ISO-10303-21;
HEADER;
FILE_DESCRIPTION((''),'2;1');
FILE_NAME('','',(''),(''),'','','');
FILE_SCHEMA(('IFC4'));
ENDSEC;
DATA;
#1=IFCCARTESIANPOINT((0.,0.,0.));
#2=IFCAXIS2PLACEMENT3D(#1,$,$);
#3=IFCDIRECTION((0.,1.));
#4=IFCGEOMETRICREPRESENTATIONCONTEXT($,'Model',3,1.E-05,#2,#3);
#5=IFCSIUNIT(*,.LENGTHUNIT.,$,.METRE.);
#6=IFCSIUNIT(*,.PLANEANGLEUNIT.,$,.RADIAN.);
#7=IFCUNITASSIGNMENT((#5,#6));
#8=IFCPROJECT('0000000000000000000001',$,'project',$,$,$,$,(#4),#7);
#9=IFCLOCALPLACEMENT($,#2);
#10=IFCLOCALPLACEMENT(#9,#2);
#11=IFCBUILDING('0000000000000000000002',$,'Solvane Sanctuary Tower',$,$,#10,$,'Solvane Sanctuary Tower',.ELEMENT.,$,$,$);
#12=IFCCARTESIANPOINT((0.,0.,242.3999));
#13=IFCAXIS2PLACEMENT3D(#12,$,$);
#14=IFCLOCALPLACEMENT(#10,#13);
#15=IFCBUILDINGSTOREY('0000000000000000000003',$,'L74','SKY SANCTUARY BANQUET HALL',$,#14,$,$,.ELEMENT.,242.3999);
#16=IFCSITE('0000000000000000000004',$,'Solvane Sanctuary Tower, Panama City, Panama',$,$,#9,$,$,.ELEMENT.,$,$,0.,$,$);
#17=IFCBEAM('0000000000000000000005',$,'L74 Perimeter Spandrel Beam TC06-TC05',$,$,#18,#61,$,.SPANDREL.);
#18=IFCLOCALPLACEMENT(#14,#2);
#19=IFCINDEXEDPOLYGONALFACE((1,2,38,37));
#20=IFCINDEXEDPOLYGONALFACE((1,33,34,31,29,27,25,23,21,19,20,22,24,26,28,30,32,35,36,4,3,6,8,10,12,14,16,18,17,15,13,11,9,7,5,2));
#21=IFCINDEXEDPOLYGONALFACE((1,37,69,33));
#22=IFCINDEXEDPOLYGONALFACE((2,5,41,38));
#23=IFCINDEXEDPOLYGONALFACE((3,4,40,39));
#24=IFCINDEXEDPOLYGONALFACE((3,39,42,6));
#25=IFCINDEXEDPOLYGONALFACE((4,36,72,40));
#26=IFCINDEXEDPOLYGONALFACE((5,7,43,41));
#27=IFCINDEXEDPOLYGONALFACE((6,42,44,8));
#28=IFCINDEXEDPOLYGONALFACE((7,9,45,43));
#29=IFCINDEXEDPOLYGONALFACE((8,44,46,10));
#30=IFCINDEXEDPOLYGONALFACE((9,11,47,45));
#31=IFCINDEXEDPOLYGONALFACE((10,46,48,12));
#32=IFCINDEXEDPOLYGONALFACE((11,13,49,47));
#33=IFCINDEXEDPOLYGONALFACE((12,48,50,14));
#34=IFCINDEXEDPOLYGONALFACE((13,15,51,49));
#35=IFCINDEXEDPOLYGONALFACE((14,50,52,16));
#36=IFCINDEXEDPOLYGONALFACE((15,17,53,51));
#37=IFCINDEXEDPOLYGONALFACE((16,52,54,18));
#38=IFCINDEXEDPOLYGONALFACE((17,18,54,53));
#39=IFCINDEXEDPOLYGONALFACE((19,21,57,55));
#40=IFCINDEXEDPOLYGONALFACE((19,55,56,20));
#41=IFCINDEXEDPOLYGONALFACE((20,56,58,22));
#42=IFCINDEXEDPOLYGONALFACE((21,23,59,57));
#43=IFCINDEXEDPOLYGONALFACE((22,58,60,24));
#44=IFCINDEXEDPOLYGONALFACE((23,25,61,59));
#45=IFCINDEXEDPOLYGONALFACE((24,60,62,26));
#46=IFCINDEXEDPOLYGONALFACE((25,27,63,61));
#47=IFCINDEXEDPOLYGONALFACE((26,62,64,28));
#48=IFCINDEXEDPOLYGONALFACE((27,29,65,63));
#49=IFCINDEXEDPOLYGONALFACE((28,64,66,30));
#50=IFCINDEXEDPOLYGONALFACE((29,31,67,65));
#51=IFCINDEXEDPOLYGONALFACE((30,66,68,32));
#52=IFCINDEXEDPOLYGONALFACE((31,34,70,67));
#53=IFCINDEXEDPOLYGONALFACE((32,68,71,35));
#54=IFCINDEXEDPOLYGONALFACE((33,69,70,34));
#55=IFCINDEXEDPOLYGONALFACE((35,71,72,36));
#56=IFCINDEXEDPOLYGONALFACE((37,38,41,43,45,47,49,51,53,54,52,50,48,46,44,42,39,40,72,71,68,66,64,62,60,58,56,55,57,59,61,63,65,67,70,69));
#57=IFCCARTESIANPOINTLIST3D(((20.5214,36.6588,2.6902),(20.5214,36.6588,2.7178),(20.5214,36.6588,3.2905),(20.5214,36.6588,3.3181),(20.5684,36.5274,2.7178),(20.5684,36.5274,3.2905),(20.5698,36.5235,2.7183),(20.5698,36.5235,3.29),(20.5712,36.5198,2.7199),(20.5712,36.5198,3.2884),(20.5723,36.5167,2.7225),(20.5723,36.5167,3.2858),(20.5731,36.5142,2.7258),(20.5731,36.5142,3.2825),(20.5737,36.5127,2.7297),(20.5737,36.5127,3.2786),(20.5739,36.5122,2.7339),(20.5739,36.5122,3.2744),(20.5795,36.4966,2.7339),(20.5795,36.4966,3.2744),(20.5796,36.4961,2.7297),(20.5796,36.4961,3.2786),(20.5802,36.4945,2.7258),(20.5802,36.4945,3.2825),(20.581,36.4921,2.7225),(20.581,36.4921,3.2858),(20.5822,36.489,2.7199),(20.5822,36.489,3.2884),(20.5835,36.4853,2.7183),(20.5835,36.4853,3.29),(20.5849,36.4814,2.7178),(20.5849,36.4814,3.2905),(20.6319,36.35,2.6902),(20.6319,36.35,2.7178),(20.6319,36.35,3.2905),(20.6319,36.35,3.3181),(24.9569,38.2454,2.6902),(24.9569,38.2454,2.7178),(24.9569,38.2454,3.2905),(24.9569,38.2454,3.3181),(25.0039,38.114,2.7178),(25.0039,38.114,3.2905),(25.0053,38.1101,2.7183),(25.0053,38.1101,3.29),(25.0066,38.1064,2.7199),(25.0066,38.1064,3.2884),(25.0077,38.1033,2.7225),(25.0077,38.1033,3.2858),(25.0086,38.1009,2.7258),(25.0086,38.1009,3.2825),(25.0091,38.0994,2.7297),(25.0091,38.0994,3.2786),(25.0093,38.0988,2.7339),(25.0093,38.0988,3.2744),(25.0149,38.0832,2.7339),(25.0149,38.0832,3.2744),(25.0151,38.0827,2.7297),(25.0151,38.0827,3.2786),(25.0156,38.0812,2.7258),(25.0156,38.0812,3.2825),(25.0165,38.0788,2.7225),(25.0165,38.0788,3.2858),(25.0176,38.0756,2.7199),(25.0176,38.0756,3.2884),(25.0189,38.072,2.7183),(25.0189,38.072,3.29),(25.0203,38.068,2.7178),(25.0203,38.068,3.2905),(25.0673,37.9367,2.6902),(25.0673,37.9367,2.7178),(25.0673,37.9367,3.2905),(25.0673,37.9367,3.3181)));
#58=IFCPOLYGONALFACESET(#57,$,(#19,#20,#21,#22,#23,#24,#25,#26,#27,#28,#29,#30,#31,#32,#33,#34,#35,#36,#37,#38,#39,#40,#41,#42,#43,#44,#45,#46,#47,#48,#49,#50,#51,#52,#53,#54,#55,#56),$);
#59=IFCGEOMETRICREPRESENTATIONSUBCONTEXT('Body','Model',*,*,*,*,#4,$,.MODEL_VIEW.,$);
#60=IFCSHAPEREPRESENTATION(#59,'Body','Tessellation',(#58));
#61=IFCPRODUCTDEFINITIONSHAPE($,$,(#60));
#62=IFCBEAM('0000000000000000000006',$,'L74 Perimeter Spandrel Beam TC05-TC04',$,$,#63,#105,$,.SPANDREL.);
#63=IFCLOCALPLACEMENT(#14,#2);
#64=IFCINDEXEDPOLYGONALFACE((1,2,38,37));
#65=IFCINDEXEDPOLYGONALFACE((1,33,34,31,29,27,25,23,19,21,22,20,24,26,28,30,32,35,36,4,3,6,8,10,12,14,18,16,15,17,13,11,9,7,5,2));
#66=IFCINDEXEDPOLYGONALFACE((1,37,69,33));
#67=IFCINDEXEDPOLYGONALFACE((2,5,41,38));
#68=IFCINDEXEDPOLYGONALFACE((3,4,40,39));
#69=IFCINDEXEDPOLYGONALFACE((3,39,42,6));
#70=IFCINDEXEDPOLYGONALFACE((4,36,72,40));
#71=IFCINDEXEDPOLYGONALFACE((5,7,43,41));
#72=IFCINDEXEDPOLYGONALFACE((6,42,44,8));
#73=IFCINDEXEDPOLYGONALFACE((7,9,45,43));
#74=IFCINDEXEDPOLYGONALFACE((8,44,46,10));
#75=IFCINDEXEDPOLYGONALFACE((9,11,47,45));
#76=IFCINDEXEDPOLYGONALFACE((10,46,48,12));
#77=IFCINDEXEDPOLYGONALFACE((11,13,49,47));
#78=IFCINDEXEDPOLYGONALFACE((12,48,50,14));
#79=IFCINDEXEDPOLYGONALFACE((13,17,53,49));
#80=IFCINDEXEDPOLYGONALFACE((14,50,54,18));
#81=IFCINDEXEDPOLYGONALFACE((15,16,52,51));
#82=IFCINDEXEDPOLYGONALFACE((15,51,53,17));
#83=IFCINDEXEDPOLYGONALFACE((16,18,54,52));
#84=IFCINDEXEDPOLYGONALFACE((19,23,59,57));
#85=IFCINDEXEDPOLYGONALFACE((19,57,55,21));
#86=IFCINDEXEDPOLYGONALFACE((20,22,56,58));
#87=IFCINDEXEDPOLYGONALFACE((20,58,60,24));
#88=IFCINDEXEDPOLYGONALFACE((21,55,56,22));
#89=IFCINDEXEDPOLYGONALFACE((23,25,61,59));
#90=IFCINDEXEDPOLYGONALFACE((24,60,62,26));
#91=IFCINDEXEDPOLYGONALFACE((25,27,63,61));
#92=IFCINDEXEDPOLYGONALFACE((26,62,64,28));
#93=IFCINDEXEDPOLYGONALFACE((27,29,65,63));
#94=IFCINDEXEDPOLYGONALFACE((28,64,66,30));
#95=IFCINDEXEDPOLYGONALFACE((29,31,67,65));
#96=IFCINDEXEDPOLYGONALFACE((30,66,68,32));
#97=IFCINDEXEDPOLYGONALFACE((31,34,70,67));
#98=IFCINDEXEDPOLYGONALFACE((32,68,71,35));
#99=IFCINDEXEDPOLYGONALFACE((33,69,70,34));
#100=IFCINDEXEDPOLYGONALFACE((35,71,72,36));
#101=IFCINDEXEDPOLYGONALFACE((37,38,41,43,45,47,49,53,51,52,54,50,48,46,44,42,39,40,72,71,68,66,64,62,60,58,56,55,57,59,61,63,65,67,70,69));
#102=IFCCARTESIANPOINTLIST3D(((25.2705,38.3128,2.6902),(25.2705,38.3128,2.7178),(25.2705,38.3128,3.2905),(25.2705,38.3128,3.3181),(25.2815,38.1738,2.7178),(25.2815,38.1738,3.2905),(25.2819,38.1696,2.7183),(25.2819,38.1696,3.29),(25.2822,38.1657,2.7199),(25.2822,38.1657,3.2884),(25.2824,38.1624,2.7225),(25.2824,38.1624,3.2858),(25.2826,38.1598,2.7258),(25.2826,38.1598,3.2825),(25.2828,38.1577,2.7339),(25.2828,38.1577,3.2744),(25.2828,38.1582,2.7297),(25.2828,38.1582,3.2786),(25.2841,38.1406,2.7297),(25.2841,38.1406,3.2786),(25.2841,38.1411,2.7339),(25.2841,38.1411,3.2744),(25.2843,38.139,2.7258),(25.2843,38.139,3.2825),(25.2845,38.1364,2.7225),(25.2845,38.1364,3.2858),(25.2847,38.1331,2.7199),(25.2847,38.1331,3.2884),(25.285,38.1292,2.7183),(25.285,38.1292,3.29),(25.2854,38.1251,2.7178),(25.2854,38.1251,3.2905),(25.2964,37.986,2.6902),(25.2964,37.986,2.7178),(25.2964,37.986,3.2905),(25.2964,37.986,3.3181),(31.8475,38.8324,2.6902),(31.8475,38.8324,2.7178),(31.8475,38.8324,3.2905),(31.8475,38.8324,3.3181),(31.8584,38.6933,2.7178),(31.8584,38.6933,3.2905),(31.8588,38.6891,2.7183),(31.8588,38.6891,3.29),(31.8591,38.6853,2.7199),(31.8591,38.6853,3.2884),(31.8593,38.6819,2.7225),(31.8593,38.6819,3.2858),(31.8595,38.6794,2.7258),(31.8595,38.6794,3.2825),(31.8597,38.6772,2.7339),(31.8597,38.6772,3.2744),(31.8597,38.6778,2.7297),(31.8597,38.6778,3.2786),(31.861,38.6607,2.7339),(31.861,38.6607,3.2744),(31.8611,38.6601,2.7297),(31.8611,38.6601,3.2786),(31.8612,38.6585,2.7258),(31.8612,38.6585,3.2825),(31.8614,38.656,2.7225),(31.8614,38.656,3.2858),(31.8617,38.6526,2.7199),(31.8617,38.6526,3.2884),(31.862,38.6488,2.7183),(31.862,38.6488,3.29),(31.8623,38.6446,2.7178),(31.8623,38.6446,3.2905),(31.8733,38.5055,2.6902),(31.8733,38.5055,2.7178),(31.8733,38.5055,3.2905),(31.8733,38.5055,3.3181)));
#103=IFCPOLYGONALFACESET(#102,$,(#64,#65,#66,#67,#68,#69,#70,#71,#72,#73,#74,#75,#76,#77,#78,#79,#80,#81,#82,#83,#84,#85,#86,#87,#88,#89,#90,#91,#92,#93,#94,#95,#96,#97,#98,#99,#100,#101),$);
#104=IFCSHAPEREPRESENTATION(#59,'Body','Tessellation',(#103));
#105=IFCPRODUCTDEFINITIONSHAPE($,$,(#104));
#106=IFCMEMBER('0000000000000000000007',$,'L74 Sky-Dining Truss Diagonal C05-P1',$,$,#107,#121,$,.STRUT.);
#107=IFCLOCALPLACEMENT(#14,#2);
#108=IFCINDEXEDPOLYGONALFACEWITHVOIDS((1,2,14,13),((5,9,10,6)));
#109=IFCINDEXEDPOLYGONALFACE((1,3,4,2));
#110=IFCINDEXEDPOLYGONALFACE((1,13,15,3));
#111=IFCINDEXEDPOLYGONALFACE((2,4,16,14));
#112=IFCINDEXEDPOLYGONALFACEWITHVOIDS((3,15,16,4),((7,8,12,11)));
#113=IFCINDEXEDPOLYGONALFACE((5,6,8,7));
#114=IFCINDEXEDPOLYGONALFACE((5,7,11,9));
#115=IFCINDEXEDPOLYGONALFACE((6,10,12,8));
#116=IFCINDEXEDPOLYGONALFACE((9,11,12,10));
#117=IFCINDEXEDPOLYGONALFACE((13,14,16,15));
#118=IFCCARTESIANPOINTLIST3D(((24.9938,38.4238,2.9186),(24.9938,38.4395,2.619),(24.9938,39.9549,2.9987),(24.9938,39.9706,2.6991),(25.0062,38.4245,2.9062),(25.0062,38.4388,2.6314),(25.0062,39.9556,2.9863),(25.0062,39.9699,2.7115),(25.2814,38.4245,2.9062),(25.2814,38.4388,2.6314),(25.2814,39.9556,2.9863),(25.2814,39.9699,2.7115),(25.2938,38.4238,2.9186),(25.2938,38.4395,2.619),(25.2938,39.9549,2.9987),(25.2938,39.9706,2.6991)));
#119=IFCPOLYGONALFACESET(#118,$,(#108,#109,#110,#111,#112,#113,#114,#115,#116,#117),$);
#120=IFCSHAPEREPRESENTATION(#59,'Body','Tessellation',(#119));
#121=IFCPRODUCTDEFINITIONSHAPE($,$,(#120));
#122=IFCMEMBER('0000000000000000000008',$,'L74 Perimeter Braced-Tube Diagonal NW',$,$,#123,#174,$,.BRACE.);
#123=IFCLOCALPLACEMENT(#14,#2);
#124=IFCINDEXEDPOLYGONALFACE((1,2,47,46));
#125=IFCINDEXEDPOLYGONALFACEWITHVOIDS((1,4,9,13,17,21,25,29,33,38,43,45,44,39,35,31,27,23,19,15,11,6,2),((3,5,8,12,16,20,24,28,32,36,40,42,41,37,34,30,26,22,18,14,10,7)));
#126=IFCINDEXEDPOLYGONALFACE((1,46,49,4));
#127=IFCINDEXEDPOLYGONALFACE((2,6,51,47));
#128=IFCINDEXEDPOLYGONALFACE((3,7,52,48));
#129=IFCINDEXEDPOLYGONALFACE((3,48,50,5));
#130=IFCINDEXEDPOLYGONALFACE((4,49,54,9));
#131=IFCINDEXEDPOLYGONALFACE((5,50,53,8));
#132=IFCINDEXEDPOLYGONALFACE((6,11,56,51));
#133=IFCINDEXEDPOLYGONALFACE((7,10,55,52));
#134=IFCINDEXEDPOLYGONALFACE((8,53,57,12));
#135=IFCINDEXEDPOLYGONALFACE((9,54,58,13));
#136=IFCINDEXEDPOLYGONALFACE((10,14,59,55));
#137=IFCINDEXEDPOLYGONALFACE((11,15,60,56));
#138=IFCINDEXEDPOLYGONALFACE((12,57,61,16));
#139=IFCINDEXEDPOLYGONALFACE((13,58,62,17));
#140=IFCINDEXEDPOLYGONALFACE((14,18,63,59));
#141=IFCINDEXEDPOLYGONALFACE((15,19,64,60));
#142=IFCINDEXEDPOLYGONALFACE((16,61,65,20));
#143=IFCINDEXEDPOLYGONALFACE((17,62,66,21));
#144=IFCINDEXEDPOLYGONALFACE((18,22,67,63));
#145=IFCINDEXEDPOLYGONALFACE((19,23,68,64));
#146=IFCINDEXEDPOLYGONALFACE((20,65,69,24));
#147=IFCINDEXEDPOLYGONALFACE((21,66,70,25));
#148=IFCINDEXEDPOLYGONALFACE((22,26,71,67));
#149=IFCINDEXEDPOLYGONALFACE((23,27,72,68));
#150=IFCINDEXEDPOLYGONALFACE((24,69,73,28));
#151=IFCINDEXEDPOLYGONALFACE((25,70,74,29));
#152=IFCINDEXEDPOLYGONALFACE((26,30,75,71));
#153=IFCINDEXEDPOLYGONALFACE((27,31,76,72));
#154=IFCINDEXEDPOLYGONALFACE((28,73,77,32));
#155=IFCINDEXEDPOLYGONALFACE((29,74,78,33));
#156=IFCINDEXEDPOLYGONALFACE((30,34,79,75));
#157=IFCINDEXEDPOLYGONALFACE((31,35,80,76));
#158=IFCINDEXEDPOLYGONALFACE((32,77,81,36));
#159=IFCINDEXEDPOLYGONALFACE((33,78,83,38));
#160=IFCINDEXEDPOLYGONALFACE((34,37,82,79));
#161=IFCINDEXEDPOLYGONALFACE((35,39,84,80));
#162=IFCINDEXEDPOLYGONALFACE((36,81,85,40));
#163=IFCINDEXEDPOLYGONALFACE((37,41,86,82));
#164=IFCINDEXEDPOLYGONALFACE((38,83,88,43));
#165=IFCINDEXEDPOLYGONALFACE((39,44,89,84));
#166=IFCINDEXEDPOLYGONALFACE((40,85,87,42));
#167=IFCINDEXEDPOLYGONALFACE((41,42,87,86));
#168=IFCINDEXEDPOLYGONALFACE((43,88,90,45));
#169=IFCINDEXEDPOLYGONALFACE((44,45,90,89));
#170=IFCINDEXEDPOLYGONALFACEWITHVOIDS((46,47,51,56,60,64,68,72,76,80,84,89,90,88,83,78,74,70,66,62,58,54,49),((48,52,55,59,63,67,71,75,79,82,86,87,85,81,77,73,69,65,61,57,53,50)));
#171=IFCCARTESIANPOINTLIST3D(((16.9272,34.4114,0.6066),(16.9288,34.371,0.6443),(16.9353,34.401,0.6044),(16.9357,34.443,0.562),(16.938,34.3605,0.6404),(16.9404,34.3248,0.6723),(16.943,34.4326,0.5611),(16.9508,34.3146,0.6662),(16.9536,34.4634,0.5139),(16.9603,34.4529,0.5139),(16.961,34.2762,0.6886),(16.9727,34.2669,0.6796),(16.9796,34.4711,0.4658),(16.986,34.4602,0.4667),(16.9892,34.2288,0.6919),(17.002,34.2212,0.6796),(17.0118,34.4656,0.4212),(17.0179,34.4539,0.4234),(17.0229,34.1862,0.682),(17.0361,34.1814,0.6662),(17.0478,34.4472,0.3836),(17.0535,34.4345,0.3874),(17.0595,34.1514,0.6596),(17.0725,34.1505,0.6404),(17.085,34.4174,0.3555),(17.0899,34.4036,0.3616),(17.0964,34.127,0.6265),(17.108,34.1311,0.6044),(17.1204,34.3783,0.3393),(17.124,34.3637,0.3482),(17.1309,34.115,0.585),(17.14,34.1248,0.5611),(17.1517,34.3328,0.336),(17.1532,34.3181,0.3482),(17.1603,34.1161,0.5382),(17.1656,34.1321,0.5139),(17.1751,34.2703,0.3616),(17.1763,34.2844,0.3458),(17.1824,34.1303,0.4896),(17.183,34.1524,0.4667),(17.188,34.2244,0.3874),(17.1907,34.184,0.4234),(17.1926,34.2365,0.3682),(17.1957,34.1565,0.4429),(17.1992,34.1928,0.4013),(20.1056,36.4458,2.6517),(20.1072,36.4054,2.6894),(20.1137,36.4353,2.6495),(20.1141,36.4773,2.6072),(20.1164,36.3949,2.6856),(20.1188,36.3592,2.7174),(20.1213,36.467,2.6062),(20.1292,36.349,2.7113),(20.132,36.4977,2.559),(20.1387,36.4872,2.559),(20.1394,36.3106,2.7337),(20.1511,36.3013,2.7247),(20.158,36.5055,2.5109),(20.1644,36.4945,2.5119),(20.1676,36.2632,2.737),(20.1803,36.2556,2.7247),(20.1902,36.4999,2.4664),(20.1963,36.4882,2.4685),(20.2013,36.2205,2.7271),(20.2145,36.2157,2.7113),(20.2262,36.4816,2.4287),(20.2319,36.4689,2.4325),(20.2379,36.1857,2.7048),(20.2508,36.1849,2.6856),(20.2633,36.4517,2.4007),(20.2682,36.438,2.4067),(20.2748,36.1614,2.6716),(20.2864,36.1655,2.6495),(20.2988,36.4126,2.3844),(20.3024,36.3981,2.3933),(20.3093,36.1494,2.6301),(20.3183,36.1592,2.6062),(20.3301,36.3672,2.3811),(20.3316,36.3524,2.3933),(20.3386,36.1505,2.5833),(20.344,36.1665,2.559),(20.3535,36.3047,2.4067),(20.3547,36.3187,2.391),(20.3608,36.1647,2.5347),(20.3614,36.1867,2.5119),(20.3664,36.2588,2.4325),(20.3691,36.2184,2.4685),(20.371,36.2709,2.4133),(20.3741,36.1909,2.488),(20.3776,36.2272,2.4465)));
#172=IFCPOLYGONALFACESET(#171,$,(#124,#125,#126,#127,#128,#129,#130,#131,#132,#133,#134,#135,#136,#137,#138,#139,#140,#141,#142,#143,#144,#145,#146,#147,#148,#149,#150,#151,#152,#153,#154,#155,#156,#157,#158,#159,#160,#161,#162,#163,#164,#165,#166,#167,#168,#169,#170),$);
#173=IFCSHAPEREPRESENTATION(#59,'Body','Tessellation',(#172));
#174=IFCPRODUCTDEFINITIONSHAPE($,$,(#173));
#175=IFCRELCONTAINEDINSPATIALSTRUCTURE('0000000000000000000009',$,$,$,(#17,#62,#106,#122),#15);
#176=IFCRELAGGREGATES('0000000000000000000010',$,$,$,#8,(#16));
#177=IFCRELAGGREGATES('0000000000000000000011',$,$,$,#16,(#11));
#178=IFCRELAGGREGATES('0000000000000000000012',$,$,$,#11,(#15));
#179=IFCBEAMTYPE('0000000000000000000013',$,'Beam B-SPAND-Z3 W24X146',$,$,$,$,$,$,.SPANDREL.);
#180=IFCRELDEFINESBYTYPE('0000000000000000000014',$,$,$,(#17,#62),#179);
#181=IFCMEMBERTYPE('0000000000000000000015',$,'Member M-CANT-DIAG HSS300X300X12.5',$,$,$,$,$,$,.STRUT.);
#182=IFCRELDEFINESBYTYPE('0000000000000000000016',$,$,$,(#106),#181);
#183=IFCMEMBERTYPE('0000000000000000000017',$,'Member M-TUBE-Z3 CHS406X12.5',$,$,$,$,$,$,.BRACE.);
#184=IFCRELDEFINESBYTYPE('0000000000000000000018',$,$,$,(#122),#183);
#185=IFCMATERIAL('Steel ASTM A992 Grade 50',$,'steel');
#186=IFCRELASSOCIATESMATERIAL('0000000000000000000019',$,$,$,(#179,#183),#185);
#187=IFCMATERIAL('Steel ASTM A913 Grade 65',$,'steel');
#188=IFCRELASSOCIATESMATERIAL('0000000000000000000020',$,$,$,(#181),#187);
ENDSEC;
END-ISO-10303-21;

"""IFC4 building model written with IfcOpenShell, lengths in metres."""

from ifc_helpers import new_model, si_unit, direction, frame, origin, origin_2d, place, context, subcontext, project, spatial, hollow_rectangle, hollow_circle, i_section, extrude, material, material_profile, profile_set, type_object, element, save


model = new_model("IFC4")

# Units and contexts
model_context = context("Model", 3, precision=1e-05, world=origin(), true_north=direction((0.0, 1.0)))
body_context = subcontext(model_context, "Body", "Model", "MODEL_VIEW")
ifc_project = project(units=[si_unit("LENGTHUNIT", "METRE"), si_unit("PLANEANGLEUNIT", "RADIAN")], contexts=[model_context])

# Site, building, storey
site_placement = place(None, origin())
site = spatial("IfcSite", under=ifc_project, at=site_placement, Name="Solvane Sanctuary Tower, Panama City, Panama", CompositionType="ELEMENT", RefElevation=0.0)
building_placement = place(site_placement, origin())
building = spatial("IfcBuilding", under=site, at=building_placement, Name="Solvane Sanctuary Tower", LongName="Solvane Sanctuary Tower", CompositionType="ELEMENT")
storey_placement = place(building_placement, frame((0.0, 0.0, 242.3999)))
storey = spatial("IfcBuildingStorey", under=building, at=storey_placement, Name="L74", Description="SKY SANCTUARY BANQUET HALL", CompositionType="ELEMENT", Elevation=242.3999)

# Shared definitions
ifc_material_1 = material(Name="Steel ASTM A913 Grade 65", Category="steel")

# Beams
ifc_material_2 = material(Name="Steel ASTM A992 Grade 50", Category="steel")
ifc_material_profile_1 = material_profile(ifc_material_2, i_section(OverallWidth=0.3279, OverallDepth=0.6279, WebThickness=0.0166, FlangeThickness=0.0276, FilletRadius=0.0161, at=origin_2d()), Name="W24X146")
ifc_profile_set_1 = profile_set([ifc_material_profile_1], Name="Steel ASTM A992 Grade 50")
beam_type_1 = type_object("IfcBeamType", Name="Beam B-SPAND-Z3 W24X146", PredefinedType="SPANDREL", material=ifc_profile_set_1)
beam_1_placement = place(storey_placement, frame((20.5767, 36.5044, 3.0042), z_axis=(0.941571, 0.336816, 0.0), x_axis=(-0.336816, 0.941571, 0.0)))
element("IfcBeam", 1, at=beam_1_placement, inside=storey, type_object=beam_type_1, Name="L74 Perimeter Spandrel Beam TC06-TC05", PredefinedType="SPANDREL", context=body_context, shape_type="SweptSolid", body=[
    extrude(i_section(OverallWidth=0.3279, OverallDepth=0.6279, WebThickness=0.0166, FlangeThickness=0.0276, FilletRadius=0.0161, at=origin_2d()), origin(), (0.0, 0.0, 1.0), 4.7107),
])
beam_2_placement = place(storey_placement, frame((25.2834, 38.1494, 3.0042), z_axis=(0.996895, 0.078748, 0.0), x_axis=(-0.078748, 0.996895, 0.0)))
element("IfcBeam", 2, at=beam_2_placement, inside=storey, type_object=beam_type_1, Name="L74 Perimeter Spandrel Beam TC05-TC04", PredefinedType="SPANDREL", context=body_context, shape_type="SweptSolid", body=[
    extrude(i_section(OverallWidth=0.3279, OverallDepth=0.6279, WebThickness=0.0166, FlangeThickness=0.0276, FilletRadius=0.0161, at=origin_2d()), origin(), (0.0, 0.0, 1.0), 6.5974),
])

# Members
ifc_material_profile_2 = material_profile(ifc_material_1, hollow_rectangle(XDim=0.3, YDim=0.3, WallThickness=0.0125, at=origin_2d()), Name="HSS300X300X12.5")
ifc_profile_set_2 = profile_set([ifc_material_profile_2], Name="Steel ASTM A913 Grade 65")
member_type_1 = type_object("IfcMemberType", Name="Member M-CANT-DIAG HSS300X300X12.5", PredefinedType="STRUT", material=ifc_profile_set_2)
member_1_placement = place(storey_placement, frame((25.1438, 38.4316, 2.7688), z_axis=(0.0, 0.998635, 0.052233), x_axis=(-1.0, 0.0, 0.0)))
element("IfcMember", 3, at=member_1_placement, inside=storey, type_object=member_type_1, Name="L74 Sky-Dining Truss Diagonal C05-P1", PredefinedType="STRUT", context=body_context, shape_type="SweptSolid", body=[
    extrude(hollow_rectangle(XDim=0.3, YDim=0.3, WallThickness=0.0125, at=origin_2d()), origin(), (0.0, 0.0, 1.0), 1.5332),
])
ifc_material_profile_3 = material_profile(ifc_material_2, hollow_circle(Radius=0.2029, WallThickness=0.0125, at=origin_2d()), Name="CHS406X12.5")
ifc_profile_set_3 = profile_set([ifc_material_profile_3], Name="Steel ASTM A992 Grade 50")
member_type_2 = type_object("IfcMemberType", Name="Member M-TUBE-Z3 CHS406X12.5", PredefinedType="BRACE", material=ifc_profile_set_3)
member_2_placement = place(storey_placement, frame((17.063, 34.2925, 0.5139), z_axis=(0.740496, 0.473965, 0.476468), x_axis=(-0.539092, 0.842247, 0.0)))
element("IfcMember", 4, at=member_2_placement, inside=storey, type_object=member_type_2, Name="L74 Perimeter Braced-Tube Diagonal NW", PredefinedType="BRACE", context=body_context, shape_type="SweptSolid", body=[
    extrude(hollow_circle(Radius=0.2029, WallThickness=0.0125, at=origin_2d()), origin(), (0.0, 0.0, 1.0), 4.2922),
])

save(model, "model.ifc")
